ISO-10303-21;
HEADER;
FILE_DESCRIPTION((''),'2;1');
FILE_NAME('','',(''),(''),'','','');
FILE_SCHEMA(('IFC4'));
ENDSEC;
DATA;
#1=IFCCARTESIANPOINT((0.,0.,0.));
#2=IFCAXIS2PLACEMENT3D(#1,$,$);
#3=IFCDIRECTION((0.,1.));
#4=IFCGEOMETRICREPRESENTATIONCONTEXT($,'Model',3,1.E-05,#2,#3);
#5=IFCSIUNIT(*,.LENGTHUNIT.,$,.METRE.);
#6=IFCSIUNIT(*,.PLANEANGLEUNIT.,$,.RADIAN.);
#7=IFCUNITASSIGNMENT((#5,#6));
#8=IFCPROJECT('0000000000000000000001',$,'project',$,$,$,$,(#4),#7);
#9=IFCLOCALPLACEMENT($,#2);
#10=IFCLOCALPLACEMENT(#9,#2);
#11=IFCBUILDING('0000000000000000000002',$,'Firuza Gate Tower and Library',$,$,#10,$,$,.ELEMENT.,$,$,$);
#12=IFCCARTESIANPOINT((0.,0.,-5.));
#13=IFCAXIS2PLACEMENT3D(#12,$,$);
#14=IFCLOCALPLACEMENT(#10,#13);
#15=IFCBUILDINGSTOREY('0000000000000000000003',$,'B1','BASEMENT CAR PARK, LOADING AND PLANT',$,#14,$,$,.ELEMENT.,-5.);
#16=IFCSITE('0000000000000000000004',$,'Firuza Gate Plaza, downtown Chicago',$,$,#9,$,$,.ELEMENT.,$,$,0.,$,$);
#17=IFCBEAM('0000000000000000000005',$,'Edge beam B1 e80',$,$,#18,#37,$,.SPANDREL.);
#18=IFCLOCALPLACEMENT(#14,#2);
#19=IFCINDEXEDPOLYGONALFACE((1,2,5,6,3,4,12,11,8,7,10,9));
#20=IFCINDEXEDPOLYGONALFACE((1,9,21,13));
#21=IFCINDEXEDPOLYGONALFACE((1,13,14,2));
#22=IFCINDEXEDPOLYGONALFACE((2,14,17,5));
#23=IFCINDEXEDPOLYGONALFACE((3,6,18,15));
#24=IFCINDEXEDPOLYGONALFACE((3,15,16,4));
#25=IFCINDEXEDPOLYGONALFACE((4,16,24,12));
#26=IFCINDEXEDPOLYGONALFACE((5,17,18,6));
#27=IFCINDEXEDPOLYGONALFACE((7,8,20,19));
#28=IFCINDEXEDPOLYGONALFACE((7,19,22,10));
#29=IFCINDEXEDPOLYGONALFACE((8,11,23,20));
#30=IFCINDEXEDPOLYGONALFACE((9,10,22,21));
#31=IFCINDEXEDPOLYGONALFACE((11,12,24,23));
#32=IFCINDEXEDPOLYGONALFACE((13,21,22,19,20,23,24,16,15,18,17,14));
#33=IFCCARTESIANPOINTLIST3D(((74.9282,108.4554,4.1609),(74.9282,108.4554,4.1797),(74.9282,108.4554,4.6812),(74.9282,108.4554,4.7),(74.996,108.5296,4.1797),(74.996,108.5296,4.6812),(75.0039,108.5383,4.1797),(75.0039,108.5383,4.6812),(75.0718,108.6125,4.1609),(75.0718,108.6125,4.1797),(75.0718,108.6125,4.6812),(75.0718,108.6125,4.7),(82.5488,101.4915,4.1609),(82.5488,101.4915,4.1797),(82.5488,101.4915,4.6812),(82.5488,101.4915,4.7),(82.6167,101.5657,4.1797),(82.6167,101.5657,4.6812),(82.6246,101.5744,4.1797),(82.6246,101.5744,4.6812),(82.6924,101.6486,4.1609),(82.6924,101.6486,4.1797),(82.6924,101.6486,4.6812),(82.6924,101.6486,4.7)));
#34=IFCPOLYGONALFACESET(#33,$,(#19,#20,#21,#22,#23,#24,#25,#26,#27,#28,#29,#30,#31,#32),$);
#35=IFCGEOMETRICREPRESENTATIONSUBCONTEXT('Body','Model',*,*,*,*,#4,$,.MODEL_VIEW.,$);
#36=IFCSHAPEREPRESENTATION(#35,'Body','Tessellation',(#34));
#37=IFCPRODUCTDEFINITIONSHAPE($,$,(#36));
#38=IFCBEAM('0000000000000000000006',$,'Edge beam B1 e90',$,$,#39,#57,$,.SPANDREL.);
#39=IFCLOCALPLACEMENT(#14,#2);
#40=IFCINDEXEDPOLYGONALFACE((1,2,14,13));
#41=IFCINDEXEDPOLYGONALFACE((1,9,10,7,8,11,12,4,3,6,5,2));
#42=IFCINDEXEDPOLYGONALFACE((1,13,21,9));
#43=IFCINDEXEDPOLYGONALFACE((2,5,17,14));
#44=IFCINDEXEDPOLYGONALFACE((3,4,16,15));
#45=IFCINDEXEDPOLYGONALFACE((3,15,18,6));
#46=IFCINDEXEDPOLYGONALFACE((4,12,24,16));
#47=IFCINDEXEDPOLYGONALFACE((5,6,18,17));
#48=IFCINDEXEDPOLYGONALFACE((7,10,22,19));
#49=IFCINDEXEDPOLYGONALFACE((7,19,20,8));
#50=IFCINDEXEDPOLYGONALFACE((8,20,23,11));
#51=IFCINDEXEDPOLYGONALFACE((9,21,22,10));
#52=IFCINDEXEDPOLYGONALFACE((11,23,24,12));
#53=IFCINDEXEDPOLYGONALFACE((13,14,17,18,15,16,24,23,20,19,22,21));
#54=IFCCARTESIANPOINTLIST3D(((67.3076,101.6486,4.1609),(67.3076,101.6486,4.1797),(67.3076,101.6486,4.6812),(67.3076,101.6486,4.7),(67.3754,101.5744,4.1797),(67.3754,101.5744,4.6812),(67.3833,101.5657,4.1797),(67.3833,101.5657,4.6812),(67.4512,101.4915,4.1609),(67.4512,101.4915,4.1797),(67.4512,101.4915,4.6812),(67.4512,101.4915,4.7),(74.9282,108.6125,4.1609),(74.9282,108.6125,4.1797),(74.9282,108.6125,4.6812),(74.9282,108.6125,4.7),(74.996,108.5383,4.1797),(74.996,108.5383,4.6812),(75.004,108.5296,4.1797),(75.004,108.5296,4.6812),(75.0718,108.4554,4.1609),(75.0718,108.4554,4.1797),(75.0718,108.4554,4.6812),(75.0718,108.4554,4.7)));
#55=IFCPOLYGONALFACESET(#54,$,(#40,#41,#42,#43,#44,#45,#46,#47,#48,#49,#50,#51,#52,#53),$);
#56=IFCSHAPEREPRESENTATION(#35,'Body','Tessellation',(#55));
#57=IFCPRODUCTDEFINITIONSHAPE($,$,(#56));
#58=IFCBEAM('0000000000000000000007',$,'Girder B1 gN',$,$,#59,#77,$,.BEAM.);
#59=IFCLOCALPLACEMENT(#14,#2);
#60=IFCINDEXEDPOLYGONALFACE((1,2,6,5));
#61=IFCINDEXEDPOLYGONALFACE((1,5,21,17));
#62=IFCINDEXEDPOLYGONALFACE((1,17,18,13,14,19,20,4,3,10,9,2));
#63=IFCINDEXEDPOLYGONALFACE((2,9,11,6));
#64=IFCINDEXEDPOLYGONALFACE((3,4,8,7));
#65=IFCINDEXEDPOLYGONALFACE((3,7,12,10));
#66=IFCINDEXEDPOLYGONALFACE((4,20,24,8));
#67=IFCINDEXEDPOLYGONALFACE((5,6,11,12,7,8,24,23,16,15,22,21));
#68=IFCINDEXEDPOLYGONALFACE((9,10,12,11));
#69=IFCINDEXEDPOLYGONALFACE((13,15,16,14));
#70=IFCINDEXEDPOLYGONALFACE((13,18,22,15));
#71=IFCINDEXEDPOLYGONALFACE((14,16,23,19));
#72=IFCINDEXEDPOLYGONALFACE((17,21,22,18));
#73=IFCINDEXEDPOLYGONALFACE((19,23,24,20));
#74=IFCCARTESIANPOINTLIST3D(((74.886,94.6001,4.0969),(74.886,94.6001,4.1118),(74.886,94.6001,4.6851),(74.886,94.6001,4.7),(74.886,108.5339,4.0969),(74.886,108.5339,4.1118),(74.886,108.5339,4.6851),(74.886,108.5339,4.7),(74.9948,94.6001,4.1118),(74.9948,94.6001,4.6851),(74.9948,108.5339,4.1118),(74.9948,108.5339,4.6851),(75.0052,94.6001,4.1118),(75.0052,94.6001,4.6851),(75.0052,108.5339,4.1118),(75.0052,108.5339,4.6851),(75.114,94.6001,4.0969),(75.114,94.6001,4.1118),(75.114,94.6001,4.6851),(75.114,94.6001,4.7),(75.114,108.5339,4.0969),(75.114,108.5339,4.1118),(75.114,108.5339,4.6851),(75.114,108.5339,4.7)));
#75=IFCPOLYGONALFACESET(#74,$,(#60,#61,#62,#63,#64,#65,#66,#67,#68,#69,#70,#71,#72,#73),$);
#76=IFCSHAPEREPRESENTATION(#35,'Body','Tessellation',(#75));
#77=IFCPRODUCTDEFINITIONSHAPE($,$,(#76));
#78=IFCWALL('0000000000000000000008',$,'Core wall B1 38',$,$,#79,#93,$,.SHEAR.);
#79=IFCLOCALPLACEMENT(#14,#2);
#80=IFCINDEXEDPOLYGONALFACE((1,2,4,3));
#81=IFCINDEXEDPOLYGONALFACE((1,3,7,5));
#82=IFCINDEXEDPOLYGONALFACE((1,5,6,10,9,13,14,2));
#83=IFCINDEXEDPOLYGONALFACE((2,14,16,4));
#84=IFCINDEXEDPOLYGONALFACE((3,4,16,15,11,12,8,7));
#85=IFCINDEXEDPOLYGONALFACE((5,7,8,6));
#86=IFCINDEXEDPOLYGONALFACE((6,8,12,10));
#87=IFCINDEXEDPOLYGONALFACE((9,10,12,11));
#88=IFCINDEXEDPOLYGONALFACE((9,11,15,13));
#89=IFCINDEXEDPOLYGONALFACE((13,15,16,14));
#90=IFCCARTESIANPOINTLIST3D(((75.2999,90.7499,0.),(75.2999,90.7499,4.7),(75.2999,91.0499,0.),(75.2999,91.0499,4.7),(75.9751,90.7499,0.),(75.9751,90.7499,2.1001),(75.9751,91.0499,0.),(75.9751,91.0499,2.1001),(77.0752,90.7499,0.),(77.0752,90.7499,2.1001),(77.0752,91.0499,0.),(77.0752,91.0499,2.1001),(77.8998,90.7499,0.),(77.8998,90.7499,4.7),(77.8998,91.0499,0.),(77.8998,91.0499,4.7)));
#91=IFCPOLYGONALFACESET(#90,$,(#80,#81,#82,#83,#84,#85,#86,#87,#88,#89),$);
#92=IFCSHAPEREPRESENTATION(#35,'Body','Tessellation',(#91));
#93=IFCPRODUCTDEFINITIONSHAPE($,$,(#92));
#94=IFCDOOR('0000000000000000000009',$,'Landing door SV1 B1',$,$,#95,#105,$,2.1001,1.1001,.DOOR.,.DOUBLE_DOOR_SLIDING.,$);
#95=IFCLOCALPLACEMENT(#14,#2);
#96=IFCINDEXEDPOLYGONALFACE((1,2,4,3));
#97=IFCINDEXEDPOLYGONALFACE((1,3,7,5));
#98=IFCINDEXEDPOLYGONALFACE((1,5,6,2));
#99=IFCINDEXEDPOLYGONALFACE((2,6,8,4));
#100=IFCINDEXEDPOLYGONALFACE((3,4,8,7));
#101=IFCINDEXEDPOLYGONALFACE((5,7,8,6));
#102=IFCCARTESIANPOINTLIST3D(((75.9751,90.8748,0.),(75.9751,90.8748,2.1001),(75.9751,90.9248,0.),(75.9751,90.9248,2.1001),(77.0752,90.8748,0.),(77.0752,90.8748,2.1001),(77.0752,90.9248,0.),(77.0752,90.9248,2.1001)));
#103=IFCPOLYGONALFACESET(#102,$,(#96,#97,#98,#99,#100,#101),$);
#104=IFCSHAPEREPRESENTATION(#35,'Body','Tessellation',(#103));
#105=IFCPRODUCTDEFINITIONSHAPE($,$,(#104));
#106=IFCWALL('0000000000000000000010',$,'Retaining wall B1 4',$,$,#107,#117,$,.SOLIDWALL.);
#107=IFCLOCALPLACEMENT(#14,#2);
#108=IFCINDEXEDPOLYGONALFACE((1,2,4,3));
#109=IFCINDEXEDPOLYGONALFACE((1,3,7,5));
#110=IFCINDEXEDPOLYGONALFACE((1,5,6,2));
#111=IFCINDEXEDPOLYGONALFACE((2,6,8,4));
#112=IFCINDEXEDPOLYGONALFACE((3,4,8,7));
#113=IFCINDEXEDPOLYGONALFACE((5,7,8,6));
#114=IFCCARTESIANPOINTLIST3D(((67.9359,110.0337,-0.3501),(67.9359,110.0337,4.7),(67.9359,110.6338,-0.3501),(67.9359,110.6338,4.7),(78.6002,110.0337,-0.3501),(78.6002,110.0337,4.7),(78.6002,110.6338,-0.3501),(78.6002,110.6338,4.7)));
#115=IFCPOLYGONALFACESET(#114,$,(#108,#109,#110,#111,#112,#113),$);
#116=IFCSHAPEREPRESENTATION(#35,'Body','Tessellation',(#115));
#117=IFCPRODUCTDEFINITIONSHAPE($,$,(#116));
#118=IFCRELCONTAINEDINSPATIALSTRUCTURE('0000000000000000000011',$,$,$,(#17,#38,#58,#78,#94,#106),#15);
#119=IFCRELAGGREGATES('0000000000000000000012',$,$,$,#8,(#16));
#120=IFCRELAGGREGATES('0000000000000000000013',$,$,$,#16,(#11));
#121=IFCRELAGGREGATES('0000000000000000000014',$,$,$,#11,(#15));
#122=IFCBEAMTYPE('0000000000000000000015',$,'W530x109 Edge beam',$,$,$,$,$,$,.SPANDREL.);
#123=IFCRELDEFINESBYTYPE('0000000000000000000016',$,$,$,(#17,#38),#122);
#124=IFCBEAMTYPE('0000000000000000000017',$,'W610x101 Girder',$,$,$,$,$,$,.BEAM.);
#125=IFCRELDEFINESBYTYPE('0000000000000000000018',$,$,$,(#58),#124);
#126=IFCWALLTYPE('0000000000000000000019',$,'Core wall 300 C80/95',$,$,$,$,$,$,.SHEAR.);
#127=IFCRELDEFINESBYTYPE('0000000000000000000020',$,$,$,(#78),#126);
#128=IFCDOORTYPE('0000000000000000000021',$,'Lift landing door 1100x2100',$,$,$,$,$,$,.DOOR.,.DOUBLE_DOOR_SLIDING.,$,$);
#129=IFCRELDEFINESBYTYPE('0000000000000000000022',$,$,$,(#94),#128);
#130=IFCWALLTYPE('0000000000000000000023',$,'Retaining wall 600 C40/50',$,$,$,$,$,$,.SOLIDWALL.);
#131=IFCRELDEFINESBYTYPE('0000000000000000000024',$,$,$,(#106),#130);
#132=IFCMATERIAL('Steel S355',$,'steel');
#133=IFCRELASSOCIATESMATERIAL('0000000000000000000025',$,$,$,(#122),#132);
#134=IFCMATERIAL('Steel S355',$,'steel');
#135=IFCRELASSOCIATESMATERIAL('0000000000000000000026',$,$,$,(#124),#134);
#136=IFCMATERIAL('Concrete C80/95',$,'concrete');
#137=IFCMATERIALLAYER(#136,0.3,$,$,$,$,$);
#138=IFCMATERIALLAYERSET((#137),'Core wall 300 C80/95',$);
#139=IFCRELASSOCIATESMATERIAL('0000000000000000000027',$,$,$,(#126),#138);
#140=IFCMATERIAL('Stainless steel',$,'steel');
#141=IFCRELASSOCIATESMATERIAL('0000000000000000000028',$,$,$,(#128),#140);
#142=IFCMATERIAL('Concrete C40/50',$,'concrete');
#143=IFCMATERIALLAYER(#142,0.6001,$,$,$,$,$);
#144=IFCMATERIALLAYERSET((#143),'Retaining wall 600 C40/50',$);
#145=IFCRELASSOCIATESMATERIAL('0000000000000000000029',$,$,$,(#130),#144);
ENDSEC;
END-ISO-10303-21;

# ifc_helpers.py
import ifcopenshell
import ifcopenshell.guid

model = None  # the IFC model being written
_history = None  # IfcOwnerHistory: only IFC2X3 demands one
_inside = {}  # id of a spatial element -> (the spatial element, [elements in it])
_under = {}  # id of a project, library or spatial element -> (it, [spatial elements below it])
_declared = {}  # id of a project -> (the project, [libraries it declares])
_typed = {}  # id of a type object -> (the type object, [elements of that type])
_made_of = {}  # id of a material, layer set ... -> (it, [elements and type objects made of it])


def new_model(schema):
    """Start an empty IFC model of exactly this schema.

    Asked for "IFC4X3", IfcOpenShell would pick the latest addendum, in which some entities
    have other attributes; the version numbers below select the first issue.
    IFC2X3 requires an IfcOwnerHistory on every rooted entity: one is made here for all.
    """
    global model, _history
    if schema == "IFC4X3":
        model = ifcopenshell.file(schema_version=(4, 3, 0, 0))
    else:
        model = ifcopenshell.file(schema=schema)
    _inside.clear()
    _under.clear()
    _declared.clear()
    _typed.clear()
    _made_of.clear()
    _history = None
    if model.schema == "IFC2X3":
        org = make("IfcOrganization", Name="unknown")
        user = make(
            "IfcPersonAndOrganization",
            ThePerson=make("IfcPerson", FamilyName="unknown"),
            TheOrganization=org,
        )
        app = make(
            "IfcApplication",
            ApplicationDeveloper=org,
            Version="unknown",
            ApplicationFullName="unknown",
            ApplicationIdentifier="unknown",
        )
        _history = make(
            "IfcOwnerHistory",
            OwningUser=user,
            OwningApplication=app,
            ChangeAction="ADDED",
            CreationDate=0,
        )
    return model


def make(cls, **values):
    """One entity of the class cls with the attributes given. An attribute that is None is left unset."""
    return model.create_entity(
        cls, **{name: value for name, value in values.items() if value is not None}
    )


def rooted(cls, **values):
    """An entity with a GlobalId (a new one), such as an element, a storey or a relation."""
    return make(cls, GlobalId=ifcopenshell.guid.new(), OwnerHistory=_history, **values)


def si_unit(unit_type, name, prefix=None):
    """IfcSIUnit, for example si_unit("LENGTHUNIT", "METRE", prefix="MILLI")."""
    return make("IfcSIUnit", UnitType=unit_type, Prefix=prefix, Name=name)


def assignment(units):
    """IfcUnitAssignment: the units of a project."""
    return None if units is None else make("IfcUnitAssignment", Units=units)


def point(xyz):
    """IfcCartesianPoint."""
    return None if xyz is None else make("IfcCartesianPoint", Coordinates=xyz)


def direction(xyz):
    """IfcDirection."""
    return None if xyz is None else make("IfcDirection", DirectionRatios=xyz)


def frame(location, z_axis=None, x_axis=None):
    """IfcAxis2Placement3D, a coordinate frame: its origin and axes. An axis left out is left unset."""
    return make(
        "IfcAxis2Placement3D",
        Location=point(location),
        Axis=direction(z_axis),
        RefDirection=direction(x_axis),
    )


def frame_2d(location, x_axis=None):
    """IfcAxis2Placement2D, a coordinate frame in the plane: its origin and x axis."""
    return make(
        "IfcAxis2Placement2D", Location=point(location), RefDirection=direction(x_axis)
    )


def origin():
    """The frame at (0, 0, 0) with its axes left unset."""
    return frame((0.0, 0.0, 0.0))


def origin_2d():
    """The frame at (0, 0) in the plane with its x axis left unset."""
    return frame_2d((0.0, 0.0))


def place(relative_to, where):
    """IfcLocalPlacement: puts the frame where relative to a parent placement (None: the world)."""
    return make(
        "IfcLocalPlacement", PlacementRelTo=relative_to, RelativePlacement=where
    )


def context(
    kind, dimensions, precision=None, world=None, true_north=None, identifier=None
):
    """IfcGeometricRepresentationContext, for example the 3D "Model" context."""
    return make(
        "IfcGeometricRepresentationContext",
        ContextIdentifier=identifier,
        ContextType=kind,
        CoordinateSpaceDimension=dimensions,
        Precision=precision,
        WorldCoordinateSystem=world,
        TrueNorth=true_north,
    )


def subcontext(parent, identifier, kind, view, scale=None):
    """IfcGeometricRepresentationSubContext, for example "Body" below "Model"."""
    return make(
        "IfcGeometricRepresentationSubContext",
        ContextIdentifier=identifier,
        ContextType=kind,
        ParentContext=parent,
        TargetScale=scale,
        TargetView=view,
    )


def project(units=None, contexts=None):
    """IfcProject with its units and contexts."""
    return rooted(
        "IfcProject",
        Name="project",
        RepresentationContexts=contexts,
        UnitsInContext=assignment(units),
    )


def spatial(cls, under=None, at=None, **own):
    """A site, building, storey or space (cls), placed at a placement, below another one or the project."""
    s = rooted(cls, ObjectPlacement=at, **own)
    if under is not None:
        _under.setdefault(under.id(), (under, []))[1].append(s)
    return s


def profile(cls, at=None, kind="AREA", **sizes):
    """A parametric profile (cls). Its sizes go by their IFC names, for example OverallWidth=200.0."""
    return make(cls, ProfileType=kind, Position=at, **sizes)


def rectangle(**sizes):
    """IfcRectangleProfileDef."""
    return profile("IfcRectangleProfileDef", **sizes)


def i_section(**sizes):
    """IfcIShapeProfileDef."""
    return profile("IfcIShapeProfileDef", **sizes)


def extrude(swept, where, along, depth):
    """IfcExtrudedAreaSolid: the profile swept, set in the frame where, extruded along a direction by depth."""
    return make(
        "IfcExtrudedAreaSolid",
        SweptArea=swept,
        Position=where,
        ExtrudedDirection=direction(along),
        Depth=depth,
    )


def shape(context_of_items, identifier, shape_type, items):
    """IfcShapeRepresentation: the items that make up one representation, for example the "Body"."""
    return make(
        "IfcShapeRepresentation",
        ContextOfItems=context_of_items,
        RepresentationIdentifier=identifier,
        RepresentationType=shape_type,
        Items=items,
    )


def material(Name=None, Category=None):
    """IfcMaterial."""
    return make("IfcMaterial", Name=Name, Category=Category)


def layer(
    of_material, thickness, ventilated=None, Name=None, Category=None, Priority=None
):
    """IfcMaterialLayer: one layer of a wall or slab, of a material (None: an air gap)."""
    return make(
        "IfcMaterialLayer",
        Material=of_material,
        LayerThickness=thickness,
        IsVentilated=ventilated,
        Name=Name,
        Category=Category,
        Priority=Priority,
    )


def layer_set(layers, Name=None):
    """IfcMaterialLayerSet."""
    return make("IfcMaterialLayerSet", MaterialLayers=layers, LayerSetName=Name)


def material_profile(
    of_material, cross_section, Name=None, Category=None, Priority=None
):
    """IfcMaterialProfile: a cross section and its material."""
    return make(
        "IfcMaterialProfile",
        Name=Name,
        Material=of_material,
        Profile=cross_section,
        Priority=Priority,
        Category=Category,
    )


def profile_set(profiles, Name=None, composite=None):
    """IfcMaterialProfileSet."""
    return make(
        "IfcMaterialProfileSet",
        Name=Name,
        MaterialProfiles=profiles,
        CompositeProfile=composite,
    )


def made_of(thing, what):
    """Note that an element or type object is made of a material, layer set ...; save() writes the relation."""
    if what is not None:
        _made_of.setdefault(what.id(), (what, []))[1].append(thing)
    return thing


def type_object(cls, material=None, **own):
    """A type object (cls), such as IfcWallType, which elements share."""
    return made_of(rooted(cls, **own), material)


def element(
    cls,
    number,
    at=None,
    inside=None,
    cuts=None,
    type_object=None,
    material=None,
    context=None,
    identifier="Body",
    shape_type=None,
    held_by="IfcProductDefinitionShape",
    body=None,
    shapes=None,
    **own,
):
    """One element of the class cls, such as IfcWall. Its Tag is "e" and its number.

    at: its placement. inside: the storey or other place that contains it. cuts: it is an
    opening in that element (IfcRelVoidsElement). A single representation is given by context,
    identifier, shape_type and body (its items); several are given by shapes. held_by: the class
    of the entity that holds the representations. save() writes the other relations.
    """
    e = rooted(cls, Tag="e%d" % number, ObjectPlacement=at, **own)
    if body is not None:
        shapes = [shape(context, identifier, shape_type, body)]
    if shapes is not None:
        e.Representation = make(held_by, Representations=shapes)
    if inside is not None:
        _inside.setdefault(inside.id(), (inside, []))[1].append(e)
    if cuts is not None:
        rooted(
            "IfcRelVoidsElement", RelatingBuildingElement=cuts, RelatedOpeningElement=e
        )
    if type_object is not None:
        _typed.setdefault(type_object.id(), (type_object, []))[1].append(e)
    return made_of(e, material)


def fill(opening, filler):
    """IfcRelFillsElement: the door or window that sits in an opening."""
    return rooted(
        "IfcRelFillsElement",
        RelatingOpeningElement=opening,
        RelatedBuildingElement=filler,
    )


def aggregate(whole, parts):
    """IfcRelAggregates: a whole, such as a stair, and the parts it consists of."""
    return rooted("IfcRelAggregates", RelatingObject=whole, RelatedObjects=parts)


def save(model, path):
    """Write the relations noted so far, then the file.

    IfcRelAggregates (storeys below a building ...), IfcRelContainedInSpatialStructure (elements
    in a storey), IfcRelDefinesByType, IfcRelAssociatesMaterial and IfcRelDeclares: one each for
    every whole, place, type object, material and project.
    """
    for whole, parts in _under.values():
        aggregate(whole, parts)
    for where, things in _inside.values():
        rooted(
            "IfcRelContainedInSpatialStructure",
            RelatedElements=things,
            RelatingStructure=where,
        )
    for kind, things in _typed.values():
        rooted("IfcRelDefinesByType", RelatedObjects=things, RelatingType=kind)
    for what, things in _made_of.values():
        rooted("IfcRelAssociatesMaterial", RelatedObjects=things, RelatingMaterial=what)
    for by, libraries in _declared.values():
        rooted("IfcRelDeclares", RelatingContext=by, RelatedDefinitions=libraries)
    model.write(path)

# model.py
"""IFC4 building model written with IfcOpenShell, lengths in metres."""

from ifc_helpers import new_model, si_unit, direction, frame, frame_2d, origin, origin_2d, place, context, subcontext, project, spatial, rectangle, i_section, extrude, material, layer, layer_set, material_profile, profile_set, type_object, element, fill, save


model = new_model("IFC4")

# Units and contexts
model_context = context("Model", 3, precision=1e-05, world=origin(), true_north=direction((0.0, 1.0)))
body_context = subcontext(model_context, "Body", "Model", "MODEL_VIEW")
ifc_project = project(units=[si_unit("LENGTHUNIT", "METRE"), si_unit("PLANEANGLEUNIT", "RADIAN")], contexts=[model_context])

# Site, building, storey
site_placement = place(None, origin())
site = spatial("IfcSite", under=ifc_project, at=site_placement, Name="Firuza Gate Plaza, downtown Chicago", CompositionType="ELEMENT", RefElevation=0.0)
building_placement = place(site_placement, origin())
building = spatial("IfcBuilding", under=site, at=building_placement, Name="Firuza Gate Tower and Library", CompositionType="ELEMENT")
storey_placement = place(building_placement, frame((0.0, 0.0, -5.0)))
storey = spatial("IfcBuildingStorey", under=building, at=storey_placement, Name="B1", Description="BASEMENT CAR PARK, LOADING AND PLANT", CompositionType="ELEMENT", Elevation=-5.0)

# Beams
ifc_material_1 = material(Name="Steel S355", Category="steel")
ifc_material_profile_1 = material_profile(ifc_material_1, i_section(OverallWidth=0.2129, OverallDepth=0.5391, WebThickness=0.0117, FlangeThickness=0.0188, at=origin_2d()))
ifc_profile_set_1 = profile_set([ifc_material_profile_1], Name="Steel S355")
beam_type_1 = type_object("IfcBeamType", Name="W530x109 Edge beam", PredefinedType="SPANDREL", material=ifc_profile_set_1)
for number, where, z_axis, x_axis, name in (
    (1, (82.6206, 101.5701, 4.4304), (-0.7382, 0.674582, 0.0), (-0.674582, -0.7382, 0.0), "Edge beam B1 e80"),
    (2, (75.0, 108.5339, 4.4304), (-0.7382, -0.674582, 0.0), (0.674582, -0.7382, 0.0), "Edge beam B1 e90"),
):
    element("IfcBeam", number, at=place(storey_placement, frame(where, z_axis=z_axis, x_axis=x_axis)), inside=storey, type_object=beam_type_1, Name=name, PredefinedType="SPANDREL", context=body_context, shape_type="SweptSolid", body=[
        extrude(i_section(OverallWidth=0.2129, OverallDepth=0.5391, WebThickness=0.0117, FlangeThickness=0.0188, at=origin_2d()), origin(), (0.0, 0.0, 1.0), 10.3232),
    ])
ifc_material_2 = material(Name="Steel S355", Category="steel")
ifc_material_profile_2 = material_profile(ifc_material_2, i_section(OverallWidth=0.228, OverallDepth=0.603, WebThickness=0.0105, FlangeThickness=0.0149, at=origin_2d()))
ifc_profile_set_2 = profile_set([ifc_material_profile_2], Name="Steel S355")
beam_type_2 = type_object("IfcBeamType", Name="W610x101 Girder", PredefinedType="BEAM", material=ifc_profile_set_2)
beam_1_placement = place(storey_placement, frame((75.0, 108.5339, 4.3984), z_axis=(0.0, -1.0, 0.0), x_axis=(1.0, 0.0, 0.0)))
element("IfcBeam", 3, at=beam_1_placement, inside=storey, type_object=beam_type_2, Name="Girder B1 gN", PredefinedType="BEAM", context=body_context, shape_type="SweptSolid", body=[
    extrude(i_section(OverallWidth=0.228, OverallDepth=0.603, WebThickness=0.0105, FlangeThickness=0.0149, at=origin_2d()), origin(), (0.0, 0.0, 1.0), 13.9338),
])

# Wall, opening, door
ifc_material_3 = material(Name="Concrete C80/95", Category="concrete")
ifc_layer_1 = layer(ifc_material_3, 0.3)
ifc_layer_set_1 = layer_set([ifc_layer_1], Name="Core wall 300 C80/95")
wall_type_1 = type_object("IfcWallType", Name="Core wall 300 C80/95", PredefinedType="SHEAR", material=ifc_layer_set_1)
wall_1_placement = place(storey_placement, frame((75.3, 90.8999, 0.0), z_axis=(0.0, 0.0, 1.0), x_axis=(1.0, 0.0, 0.0)))
wall_1 = element("IfcWall", 4, at=wall_1_placement, inside=storey, type_object=wall_type_1, Name="Core wall B1 38", PredefinedType="SHEAR", context=body_context, shape_type="SweptSolid", body=[
    extrude(rectangle(XDim=2.5999, YDim=0.3, at=frame_2d((1.2998, 0.0))), origin(), (0.0, 0.0, 1.0), 4.7),
])
opening_placement = place(wall_1_placement, frame((0.675, 0.0, 0.0)))
opening = element("IfcOpeningElement", 5, at=opening_placement, cuts=wall_1, PredefinedType="OPENING", context=body_context, shape_type="SweptSolid", body=[
    extrude(rectangle(XDim=1.1001, YDim=2.1001, at=frame_2d((0.55, 1.05))), frame((0.0, 0.1602, 0.0), z_axis=(0.0, -1.0, 0.0), x_axis=(1.0, 0.0, 0.0)), (0.0, 0.0, 1.0), 0.3201),
])
ifc_material_4 = material(Name="Stainless steel", Category="steel")
door_type = type_object("IfcDoorType", Name="Lift landing door 1100x2100", OperationType="DOUBLE_DOOR_SLIDING", PredefinedType="DOOR", material=ifc_material_4)
door_placement = place(opening_placement, origin())
door = element("IfcDoor", 6, at=door_placement, inside=storey, type_object=door_type, Name="Landing door SV1 B1", OperationType="DOUBLE_DOOR_SLIDING", OverallHeight=2.1001, OverallWidth=1.1001, PredefinedType="DOOR", context=body_context, shape_type="SweptSolid", body=[
    extrude(rectangle(XDim=1.1001, YDim=2.1001, at=frame_2d((0.55, 1.05))), frame((0.0, 0.0249, 0.0), z_axis=(0.0, -1.0, 0.0), x_axis=(1.0, 0.0, 0.0)), (0.0, 0.0, 1.0), 0.05),
])
fill(opening, door)

# Wall
ifc_material_5 = material(Name="Concrete C40/50", Category="concrete")
ifc_layer_2 = layer(ifc_material_5, 0.6001)
ifc_layer_set_2 = layer_set([ifc_layer_2], Name="Retaining wall 600 C40/50")
wall_type_2 = type_object("IfcWallType", Name="Retaining wall 600 C40/50", PredefinedType="SOLIDWALL", material=ifc_layer_set_2)
wall_2_placement = place(storey_placement, frame((78.6001, 110.3337, -0.3501), z_axis=(0.0, 0.0, 1.0), x_axis=(-1.0, 0.0, 0.0)))
element("IfcWall", 7, at=wall_2_placement, inside=storey, type_object=wall_type_2, Name="Retaining wall B1 4", PredefinedType="SOLIDWALL", context=body_context, shape_type="SweptSolid", body=[
    extrude(rectangle(XDim=10.6643, YDim=0.6001, at=frame_2d((5.332, 0.0))), origin(), (0.0, 0.0, 1.0), 5.05),
])

save(model, "model.ifc")
